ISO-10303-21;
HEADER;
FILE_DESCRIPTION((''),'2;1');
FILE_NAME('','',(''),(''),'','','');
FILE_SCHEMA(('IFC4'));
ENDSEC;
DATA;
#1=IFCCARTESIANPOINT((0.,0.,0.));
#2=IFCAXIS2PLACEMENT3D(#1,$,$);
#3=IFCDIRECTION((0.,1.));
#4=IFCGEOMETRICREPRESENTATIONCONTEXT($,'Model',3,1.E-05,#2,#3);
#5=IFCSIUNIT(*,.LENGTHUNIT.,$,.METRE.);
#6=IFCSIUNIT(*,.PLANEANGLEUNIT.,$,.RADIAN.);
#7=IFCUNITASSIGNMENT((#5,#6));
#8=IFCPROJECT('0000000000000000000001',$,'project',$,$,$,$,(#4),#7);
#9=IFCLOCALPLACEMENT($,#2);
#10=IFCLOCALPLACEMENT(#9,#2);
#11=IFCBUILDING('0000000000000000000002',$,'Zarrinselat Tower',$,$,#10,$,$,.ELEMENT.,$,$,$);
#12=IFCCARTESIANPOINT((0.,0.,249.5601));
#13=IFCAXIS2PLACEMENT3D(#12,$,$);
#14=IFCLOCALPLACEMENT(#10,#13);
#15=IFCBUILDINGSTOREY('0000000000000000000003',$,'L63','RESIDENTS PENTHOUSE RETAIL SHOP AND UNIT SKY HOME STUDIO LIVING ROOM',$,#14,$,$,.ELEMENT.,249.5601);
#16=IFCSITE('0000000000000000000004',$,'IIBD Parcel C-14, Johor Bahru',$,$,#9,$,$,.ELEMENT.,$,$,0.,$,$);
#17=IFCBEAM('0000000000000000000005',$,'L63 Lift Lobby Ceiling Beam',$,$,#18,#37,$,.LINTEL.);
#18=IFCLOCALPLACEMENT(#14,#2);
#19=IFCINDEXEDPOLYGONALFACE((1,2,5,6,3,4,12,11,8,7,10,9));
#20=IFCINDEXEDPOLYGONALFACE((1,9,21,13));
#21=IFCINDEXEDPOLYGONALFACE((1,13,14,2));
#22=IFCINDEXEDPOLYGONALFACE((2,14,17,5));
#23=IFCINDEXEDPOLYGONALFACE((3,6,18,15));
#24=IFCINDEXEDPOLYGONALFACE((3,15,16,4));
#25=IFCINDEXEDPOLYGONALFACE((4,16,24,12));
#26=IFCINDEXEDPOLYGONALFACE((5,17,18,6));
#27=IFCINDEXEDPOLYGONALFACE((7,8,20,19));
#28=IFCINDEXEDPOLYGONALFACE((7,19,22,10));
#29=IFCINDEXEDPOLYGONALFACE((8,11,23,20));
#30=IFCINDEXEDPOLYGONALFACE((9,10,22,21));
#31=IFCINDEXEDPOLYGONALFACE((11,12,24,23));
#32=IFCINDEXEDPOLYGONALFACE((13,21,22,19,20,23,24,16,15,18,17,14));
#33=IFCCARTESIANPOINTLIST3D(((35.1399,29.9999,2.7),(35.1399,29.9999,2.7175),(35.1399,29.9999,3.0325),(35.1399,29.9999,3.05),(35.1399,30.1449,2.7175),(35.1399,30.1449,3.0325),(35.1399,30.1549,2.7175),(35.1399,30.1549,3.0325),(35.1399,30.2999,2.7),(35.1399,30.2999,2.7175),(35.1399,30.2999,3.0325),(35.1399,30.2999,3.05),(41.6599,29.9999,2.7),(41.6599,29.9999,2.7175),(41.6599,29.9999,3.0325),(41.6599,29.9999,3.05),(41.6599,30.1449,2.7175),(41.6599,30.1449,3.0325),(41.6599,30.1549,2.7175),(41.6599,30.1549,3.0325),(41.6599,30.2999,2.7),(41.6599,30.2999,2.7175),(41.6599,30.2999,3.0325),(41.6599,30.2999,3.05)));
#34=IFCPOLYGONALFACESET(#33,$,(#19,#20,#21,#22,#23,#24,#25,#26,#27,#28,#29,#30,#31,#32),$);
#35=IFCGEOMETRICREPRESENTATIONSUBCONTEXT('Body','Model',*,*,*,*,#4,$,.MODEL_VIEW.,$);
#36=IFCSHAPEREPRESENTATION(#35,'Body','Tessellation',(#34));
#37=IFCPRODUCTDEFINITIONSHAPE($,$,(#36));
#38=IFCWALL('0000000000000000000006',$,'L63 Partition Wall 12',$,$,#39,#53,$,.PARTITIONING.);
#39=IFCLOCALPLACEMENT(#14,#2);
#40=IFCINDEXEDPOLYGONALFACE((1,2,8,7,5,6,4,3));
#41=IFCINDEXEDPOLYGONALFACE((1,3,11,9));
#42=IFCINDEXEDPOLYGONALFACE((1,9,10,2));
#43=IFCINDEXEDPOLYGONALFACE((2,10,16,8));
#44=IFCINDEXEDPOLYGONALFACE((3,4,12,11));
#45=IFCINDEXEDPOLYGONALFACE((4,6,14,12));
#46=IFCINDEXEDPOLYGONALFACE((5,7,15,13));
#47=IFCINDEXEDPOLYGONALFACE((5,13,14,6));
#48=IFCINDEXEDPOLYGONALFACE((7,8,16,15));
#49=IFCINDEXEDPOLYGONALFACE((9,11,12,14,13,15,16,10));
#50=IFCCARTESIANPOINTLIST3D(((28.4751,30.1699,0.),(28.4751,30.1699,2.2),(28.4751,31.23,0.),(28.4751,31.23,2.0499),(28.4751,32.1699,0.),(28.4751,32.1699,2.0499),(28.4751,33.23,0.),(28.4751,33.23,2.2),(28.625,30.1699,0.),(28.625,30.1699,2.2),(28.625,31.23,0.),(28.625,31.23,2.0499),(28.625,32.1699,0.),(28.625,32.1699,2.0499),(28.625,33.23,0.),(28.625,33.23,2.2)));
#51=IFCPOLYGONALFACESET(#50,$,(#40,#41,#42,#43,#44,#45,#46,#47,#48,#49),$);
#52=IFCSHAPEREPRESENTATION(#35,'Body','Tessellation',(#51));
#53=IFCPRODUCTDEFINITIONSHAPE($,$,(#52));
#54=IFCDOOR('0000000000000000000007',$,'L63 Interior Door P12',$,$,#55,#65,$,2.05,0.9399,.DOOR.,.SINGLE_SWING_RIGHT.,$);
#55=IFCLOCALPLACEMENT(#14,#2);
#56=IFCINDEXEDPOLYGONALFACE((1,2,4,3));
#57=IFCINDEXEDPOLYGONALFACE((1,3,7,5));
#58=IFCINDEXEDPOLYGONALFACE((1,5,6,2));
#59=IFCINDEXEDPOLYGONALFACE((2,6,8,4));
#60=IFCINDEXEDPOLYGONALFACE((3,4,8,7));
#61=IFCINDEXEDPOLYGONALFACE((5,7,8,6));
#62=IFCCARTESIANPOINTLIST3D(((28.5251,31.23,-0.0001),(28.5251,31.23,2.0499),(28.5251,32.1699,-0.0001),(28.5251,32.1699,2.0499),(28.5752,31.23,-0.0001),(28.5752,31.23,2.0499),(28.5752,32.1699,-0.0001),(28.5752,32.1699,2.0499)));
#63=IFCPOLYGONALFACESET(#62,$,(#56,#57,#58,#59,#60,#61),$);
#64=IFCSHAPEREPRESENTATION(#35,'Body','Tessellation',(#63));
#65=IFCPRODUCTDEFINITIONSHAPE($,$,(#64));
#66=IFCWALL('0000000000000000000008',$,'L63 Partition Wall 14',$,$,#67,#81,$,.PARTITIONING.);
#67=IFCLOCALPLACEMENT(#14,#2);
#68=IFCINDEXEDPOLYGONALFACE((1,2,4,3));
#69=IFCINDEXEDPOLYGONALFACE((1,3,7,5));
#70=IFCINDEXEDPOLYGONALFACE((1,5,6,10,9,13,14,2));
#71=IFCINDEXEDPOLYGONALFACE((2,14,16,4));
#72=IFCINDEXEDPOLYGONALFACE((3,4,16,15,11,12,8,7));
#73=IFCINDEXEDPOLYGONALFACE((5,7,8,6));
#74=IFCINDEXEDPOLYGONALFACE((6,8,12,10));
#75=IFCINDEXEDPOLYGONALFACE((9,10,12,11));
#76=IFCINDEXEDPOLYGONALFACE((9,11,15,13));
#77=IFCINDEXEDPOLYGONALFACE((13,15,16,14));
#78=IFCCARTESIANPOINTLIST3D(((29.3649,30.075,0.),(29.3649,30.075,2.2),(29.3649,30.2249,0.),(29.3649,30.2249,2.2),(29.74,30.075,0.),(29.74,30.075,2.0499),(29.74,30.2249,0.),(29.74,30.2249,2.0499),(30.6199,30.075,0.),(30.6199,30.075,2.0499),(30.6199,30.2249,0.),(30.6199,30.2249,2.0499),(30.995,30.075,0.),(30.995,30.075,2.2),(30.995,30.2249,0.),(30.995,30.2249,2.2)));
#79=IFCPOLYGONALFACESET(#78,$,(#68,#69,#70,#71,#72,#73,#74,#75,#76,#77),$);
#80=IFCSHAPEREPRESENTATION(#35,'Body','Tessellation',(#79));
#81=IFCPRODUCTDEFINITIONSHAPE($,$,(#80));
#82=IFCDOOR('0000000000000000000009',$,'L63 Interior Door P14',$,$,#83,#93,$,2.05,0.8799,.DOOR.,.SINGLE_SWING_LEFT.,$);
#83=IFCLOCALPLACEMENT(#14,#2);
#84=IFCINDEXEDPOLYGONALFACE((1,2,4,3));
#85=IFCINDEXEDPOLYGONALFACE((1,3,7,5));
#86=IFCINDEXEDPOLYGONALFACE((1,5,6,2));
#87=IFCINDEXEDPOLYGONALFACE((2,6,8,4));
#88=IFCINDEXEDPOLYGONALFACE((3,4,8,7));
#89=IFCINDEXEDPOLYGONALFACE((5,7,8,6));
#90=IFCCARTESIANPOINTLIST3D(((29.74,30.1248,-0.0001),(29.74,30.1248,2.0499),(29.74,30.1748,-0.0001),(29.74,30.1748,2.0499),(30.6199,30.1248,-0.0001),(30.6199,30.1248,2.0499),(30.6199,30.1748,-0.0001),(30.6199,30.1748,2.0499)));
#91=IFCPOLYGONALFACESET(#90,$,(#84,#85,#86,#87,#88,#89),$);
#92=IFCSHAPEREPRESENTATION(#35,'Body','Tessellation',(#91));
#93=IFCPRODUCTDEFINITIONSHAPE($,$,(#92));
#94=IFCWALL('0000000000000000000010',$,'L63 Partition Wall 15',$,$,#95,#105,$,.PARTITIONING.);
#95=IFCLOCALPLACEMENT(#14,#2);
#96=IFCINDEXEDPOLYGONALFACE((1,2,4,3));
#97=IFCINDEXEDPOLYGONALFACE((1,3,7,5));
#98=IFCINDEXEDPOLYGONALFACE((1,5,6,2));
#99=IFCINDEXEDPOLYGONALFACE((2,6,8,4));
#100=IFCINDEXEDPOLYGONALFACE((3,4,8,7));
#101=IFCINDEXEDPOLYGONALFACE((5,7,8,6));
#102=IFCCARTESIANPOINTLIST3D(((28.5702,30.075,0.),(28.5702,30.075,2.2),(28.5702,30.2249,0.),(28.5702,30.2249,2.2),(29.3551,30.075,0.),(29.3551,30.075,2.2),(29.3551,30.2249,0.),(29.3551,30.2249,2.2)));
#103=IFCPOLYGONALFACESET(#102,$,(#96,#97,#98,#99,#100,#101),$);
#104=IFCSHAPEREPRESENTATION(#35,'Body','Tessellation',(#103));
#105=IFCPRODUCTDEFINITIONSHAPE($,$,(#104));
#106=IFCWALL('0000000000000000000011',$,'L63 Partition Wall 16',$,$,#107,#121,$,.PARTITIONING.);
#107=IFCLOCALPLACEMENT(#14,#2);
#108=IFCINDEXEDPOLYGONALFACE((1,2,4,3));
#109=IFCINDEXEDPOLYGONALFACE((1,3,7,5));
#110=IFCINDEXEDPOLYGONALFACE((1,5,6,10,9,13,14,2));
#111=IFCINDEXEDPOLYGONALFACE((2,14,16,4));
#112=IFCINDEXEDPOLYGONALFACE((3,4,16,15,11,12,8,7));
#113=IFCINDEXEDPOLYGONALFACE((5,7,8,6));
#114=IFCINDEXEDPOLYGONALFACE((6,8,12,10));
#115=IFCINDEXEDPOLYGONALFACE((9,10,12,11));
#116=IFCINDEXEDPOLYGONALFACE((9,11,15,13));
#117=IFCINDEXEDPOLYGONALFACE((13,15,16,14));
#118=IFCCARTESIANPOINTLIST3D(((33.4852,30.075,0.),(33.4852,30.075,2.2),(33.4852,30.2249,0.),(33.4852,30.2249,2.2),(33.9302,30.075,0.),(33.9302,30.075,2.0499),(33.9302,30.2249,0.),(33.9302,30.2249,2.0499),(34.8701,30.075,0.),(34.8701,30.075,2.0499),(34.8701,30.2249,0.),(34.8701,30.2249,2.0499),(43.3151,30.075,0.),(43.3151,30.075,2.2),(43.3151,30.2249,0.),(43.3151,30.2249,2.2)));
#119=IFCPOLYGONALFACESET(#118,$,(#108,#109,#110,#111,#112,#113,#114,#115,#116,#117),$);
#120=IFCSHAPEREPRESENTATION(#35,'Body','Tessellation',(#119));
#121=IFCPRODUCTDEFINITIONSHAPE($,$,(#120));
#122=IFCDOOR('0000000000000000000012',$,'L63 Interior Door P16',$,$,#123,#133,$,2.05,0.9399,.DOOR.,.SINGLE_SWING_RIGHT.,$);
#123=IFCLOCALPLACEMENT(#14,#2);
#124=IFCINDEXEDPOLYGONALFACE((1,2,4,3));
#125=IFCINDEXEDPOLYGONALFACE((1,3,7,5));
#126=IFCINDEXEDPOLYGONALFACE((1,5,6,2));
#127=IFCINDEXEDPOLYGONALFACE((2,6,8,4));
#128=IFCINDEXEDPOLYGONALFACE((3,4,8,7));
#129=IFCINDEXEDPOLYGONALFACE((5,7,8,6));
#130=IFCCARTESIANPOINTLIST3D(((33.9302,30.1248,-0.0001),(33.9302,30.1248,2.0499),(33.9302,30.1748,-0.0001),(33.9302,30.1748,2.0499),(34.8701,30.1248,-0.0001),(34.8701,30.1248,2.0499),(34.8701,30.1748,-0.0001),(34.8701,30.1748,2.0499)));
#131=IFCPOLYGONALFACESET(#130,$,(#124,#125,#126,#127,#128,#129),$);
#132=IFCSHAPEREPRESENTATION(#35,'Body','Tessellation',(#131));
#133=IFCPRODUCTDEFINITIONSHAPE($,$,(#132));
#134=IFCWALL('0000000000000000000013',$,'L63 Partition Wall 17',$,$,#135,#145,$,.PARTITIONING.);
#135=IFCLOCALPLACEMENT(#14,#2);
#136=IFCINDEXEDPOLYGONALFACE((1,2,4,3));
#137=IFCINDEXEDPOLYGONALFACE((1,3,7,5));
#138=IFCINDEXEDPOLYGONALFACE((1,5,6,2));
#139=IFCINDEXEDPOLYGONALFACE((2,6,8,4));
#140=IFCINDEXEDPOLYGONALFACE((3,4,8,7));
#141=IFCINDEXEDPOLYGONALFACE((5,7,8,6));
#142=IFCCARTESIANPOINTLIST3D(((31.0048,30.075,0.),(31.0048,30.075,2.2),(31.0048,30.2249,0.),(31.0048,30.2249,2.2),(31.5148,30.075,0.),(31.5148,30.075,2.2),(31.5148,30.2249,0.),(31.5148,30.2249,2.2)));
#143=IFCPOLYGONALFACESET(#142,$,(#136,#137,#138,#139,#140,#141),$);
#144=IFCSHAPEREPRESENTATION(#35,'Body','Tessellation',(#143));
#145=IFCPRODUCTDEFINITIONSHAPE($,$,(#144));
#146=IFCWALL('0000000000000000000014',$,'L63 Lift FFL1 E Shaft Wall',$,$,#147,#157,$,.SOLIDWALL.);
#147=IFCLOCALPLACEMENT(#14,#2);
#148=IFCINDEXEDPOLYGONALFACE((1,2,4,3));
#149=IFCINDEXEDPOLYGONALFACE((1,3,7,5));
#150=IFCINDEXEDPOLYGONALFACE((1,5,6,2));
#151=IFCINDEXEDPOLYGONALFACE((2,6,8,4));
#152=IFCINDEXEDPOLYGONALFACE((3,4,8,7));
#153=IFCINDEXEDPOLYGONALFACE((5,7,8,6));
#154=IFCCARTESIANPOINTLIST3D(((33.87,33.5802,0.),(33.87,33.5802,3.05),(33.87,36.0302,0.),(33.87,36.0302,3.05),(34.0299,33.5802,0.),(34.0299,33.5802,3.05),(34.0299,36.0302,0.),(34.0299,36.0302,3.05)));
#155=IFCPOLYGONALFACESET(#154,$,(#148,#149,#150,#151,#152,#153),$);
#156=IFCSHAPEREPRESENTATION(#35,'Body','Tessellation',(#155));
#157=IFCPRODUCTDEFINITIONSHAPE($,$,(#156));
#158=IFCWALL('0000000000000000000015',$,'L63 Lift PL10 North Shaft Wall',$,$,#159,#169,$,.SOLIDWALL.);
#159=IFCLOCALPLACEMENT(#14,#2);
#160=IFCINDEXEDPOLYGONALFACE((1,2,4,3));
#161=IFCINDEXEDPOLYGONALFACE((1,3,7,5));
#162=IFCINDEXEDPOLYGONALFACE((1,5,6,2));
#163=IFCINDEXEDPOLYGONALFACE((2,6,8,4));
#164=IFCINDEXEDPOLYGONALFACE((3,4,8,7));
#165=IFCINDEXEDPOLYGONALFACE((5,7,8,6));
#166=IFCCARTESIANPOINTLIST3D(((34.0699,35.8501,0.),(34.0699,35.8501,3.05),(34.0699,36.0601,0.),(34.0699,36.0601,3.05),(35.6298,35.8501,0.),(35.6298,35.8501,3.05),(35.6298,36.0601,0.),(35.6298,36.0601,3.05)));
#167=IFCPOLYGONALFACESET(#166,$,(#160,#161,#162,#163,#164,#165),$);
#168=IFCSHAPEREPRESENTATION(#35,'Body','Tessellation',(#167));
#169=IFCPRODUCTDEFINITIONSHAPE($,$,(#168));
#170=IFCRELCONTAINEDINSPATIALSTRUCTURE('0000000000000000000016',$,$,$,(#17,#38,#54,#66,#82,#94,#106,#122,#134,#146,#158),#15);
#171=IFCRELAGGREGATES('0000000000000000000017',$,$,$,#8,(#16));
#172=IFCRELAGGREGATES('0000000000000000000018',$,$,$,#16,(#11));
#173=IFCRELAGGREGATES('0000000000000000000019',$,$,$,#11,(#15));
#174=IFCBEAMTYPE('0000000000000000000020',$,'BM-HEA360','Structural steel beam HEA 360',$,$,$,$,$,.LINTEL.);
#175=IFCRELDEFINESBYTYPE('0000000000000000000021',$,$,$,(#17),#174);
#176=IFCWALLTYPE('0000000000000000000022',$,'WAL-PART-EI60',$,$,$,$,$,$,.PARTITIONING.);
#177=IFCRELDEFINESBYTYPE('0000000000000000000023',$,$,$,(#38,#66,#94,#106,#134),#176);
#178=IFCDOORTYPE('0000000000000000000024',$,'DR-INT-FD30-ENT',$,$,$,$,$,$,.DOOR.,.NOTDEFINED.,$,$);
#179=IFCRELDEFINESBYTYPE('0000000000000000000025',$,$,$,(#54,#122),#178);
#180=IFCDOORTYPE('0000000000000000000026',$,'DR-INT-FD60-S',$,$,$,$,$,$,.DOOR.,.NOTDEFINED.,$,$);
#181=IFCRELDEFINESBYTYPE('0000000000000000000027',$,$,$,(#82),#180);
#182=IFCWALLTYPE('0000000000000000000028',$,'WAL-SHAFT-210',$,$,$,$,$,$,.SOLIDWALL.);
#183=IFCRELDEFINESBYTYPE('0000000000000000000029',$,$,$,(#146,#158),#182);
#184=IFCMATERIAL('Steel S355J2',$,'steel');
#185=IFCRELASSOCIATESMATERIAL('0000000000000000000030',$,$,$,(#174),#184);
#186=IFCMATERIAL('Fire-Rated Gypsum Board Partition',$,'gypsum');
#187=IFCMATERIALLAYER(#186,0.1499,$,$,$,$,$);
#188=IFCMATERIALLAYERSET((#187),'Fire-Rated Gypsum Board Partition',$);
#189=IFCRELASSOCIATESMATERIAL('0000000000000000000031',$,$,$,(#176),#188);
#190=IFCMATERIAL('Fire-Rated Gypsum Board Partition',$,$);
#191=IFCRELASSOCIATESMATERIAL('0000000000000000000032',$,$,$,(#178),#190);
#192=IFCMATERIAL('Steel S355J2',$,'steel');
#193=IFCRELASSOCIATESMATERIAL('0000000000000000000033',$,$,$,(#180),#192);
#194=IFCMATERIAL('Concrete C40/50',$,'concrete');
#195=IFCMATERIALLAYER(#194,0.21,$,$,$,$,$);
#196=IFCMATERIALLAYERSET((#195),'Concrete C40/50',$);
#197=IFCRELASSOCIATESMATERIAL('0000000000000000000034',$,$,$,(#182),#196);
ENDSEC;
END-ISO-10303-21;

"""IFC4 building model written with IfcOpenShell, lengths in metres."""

from ifc_helpers import new_model, si_unit, direction, frame, frame_2d, origin, origin_2d, place, context, subcontext, project, spatial, rectangle, i_section, extrude, material, layer, layer_set, material_profile, profile_set, type_object, element, fill, save


model = new_model("IFC4")

# Units and contexts
model_context = context("Model", 3, precision=1e-05, world=origin(), true_north=direction((0.0, 1.0)))
body_context = subcontext(model_context, "Body", "Model", "MODEL_VIEW")
ifc_project = project(units=[si_unit("LENGTHUNIT", "METRE"), si_unit("PLANEANGLEUNIT", "RADIAN")], contexts=[model_context])

# Site, building, storey
site_placement = place(None, origin())
site = spatial("IfcSite", under=ifc_project, at=site_placement, Name="IIBD Parcel C-14, Johor Bahru", CompositionType="ELEMENT", RefElevation=0.0)
building_placement = place(site_placement, origin())
building = spatial("IfcBuilding", under=site, at=building_placement, Name="Zarrinselat Tower", CompositionType="ELEMENT")
storey_placement = place(building_placement, frame((0.0, 0.0, 249.5601)))
storey = spatial("IfcBuildingStorey", under=building, at=storey_placement, Name="L63", Description="RESIDENTS PENTHOUSE RETAIL SHOP AND UNIT SKY HOME STUDIO LIVING ROOM", CompositionType="ELEMENT", Elevation=249.5601)

# Beam
ifc_material_1 = material(Name="Steel S355J2", Category="steel")
ifc_material_profile = material_profile(ifc_material_1, i_section(OverallWidth=0.3, OverallDepth=0.3501, WebThickness=0.01, FlangeThickness=0.0176, at=origin_2d()), Name="HEA 360")
ifc_profile_set = profile_set([ifc_material_profile], Name="Steel S355J2")
beam_type = type_object("IfcBeamType", Name="BM-HEA360", Description="Structural steel beam HEA 360", PredefinedType="LINTEL", material=ifc_profile_set)
beam_placement = place(storey_placement, frame((35.1399, 30.1499, 2.875), z_axis=(1.0, 0.0, 0.0), x_axis=(0.0, 1.0, 0.0)))
element("IfcBeam", 1, at=beam_placement, inside=storey, type_object=beam_type, Name="L63 Lift Lobby Ceiling Beam", PredefinedType="LINTEL", context=body_context, shape_type="SweptSolid", body=[
    extrude(i_section(OverallWidth=0.3, OverallDepth=0.3501, WebThickness=0.01, FlangeThickness=0.0176, at=origin_2d()), origin(), (0.0, 0.0, 1.0), 6.52),
])

# Walls, openings, doors
ifc_material_2 = material(Name="Fire-Rated Gypsum Board Partition", Category="gypsum")
ifc_layer_1 = layer(ifc_material_2, 0.1499)
ifc_layer_set_1 = layer_set([ifc_layer_1], Name="Fire-Rated Gypsum Board Partition")
wall_type_1 = type_object("IfcWallType", Name="WAL-PART-EI60", PredefinedType="PARTITIONING", material=ifc_layer_set_1)
wall_1_placement = place(storey_placement, frame((28.55, 30.1699, 0.0), z_axis=(0.0, 0.0, 1.0), x_axis=(0.0, 1.0, 0.0)))
wall_1 = element("IfcWall", 2, at=wall_1_placement, inside=storey, type_object=wall_type_1, Name="L63 Partition Wall 12", PredefinedType="PARTITIONING", context=body_context, shape_type="SweptSolid", body=[
    extrude(rectangle(XDim=3.0601, YDim=0.1499, at=frame_2d((1.53, 0.0))), origin(), (0.0, 0.0, 1.0), 2.2),
])
opening_1_placement = place(wall_1_placement, frame((1.0601, 0.0, 0.0)))
opening_1 = element("IfcOpeningElement", 3, at=opening_1_placement, cuts=wall_1, PredefinedType="OPENING", context=body_context, shape_type="SweptSolid", body=[
    extrude(rectangle(XDim=0.9399, YDim=2.05, at=frame_2d((0.47, 1.0249))), frame((0.0, 0.085, 0.0), z_axis=(0.0, -1.0, 0.0), x_axis=(1.0, 0.0, 0.0)), (0.0, 0.0, 1.0), 0.1699),
])
ifc_material_3 = material(Name="Fire-Rated Gypsum Board Partition")
door_type_1 = type_object("IfcDoorType", Name="DR-INT-FD30-ENT", OperationType="NOTDEFINED", PredefinedType="DOOR", material=ifc_material_3)
door_1_placement = place(opening_1_placement, origin())
door_1 = element("IfcDoor", 4, at=door_1_placement, inside=storey, type_object=door_type_1, Name="L63 Interior Door P12", OperationType="SINGLE_SWING_RIGHT", OverallHeight=2.05, OverallWidth=0.9399, PredefinedType="DOOR", context=body_context, shape_type="SweptSolid", body=[
    extrude(rectangle(XDim=0.9399, YDim=2.05, at=frame_2d((0.47, 1.0249))), frame((0.0, 0.0249, 0.0), z_axis=(0.0, -1.0, 0.0), x_axis=(1.0, 0.0, 0.0)), (0.0, 0.0, 1.0), 0.05),
])
fill(opening_1, door_1)
wall_2_placement = place(storey_placement, frame((29.365, 30.1499, 0.0), z_axis=(0.0, 0.0, 1.0), x_axis=(1.0, 0.0, 0.0)))
wall_2 = element("IfcWall", 5, at=wall_2_placement, inside=storey, type_object=wall_type_1, Name="L63 Partition Wall 14", PredefinedType="PARTITIONING", context=body_context, shape_type="SweptSolid", body=[
    extrude(rectangle(XDim=1.6301, YDim=0.1499, at=frame_2d((0.8149, 0.0))), origin(), (0.0, 0.0, 1.0), 2.2),
])
opening_2_placement = place(wall_2_placement, frame((0.375, 0.0, 0.0)))
opening_2 = element("IfcOpeningElement", 6, at=opening_2_placement, cuts=wall_2, PredefinedType="OPENING", context=body_context, shape_type="SweptSolid", body=[
    extrude(rectangle(XDim=0.8799, YDim=2.05, at=frame_2d((0.4399, 1.0249))), frame((0.0, 0.085, 0.0), z_axis=(0.0, -1.0, 0.0), x_axis=(1.0, 0.0, 0.0)), (0.0, 0.0, 1.0), 0.1699),
])
ifc_material_4 = material(Name="Steel S355J2", Category="steel")
door_type_2 = type_object("IfcDoorType", Name="DR-INT-FD60-S", OperationType="NOTDEFINED", PredefinedType="DOOR", material=ifc_material_4)
door_2_placement = place(opening_2_placement, origin())
door_2 = element("IfcDoor", 7, at=door_2_placement, inside=storey, type_object=door_type_2, Name="L63 Interior Door P14", OperationType="SINGLE_SWING_LEFT", OverallHeight=2.05, OverallWidth=0.8799, PredefinedType="DOOR", context=body_context, shape_type="SweptSolid", body=[
    extrude(rectangle(XDim=0.8799, YDim=2.05, at=frame_2d((0.4399, 1.0249))), frame((0.0, 0.0249, 0.0), z_axis=(0.0, -1.0, 0.0), x_axis=(1.0, 0.0, 0.0)), (0.0, 0.0, 1.0), 0.05),
])
fill(opening_2, door_2)

# Wall
wall_3_placement = place(storey_placement, frame((28.5701, 30.1499, 0.0), z_axis=(0.0, 0.0, 1.0), x_axis=(1.0, 0.0, 0.0)))
element("IfcWall", 8, at=wall_3_placement, inside=storey, type_object=wall_type_1, Name="L63 Partition Wall 15", PredefinedType="PARTITIONING", context=body_context, shape_type="SweptSolid", body=[
    extrude(rectangle(XDim=0.7849, YDim=0.1499, at=frame_2d((0.3926, 0.0))), origin(), (0.0, 0.0, 1.0), 2.2),
])

# Wall, opening, door
wall_4_placement = place(storey_placement, frame((33.4851, 30.1499, 0.0), z_axis=(0.0, 0.0, 1.0), x_axis=(1.0, 0.0, 0.0)))
wall_4 = element("IfcWall", 9, at=wall_4_placement, inside=storey, type_object=wall_type_1, Name="L63 Partition Wall 16", PredefinedType="PARTITIONING", context=body_context, shape_type="SweptSolid", body=[
    extrude(rectangle(XDim=9.8298, YDim=0.1499, at=frame_2d((4.915, 0.0))), origin(), (0.0, 0.0, 1.0), 2.2),
])
opening_3_placement = place(wall_4_placement, frame((0.4451, 0.0, 0.0)))
opening_3 = element("IfcOpeningElement", 10, at=opening_3_placement, cuts=wall_4, PredefinedType="OPENING", context=body_context, shape_type="SweptSolid", body=[
    extrude(rectangle(XDim=0.9399, YDim=2.05, at=frame_2d((0.47, 1.0249))), frame((0.0, 0.085, 0.0), z_axis=(0.0, -1.0, 0.0), x_axis=(1.0, 0.0, 0.0)), (0.0, 0.0, 1.0), 0.1699),
])
door_3_placement = place(opening_3_placement, origin())
door_3 = element("IfcDoor", 11, at=door_3_placement, inside=storey, type_object=door_type_1, Name="L63 Interior Door P16", OperationType="SINGLE_SWING_RIGHT", OverallHeight=2.05, OverallWidth=0.9399, PredefinedType="DOOR", context=body_context, shape_type="SweptSolid", body=[
    extrude(rectangle(XDim=0.9399, YDim=2.05, at=frame_2d((0.47, 1.0249))), frame((0.0, 0.0249, 0.0), z_axis=(0.0, -1.0, 0.0), x_axis=(1.0, 0.0, 0.0)), (0.0, 0.0, 1.0), 0.05),
])
fill(opening_3, door_3)

# Walls
wall_5_placement = place(storey_placement, frame((31.0049, 30.1499, 0.0), z_axis=(0.0, 0.0, 1.0), x_axis=(1.0, 0.0, 0.0)))
element("IfcWall", 12, at=wall_5_placement, inside=storey, type_object=wall_type_1, Name="L63 Partition Wall 17", PredefinedType="PARTITIONING", context=body_context, shape_type="SweptSolid", body=[
    extrude(rectangle(XDim=0.51, YDim=0.1499, at=frame_2d((0.2549, 0.0))), origin(), (0.0, 0.0, 1.0), 2.2),
])
ifc_material_5 = material(Name="Concrete C40/50", Category="concrete")
ifc_layer_2 = layer(ifc_material_5, 0.21)
ifc_layer_set_2 = layer_set([ifc_layer_2], Name="Concrete C40/50")
wall_type_2 = type_object("IfcWallType", Name="WAL-SHAFT-210", PredefinedType="SOLIDWALL", material=ifc_layer_set_2)
wall_6_placement = place(storey_placement, frame((33.95, 33.5801, 0.0), z_axis=(0.0, 0.0, 1.0), x_axis=(0.0, 1.0, 0.0)))
element("IfcWall", 13, at=wall_6_placement, inside=storey, type_object=wall_type_2, Name="L63 Lift FFL1 E Shaft Wall", PredefinedType="SOLIDWALL", context=body_context, shape_type="SweptSolid", body=[
    extrude(rectangle(XDim=2.45, YDim=0.1599, at=frame_2d((1.2251, 0.0))), origin(), (0.0, 0.0, 1.0), 3.05),
])
wall_7_placement = place(storey_placement, frame((34.0701, 35.9551, 0.0), z_axis=(0.0, 0.0, 1.0), x_axis=(1.0, 0.0, 0.0)))
element("IfcWall", 14, at=wall_7_placement, inside=storey, type_object=wall_type_2, Name="L63 Lift PL10 North Shaft Wall", PredefinedType="SOLIDWALL", context=body_context, shape_type="SweptSolid", body=[
    extrude(rectangle(XDim=1.5598, YDim=0.21, at=frame_2d((0.7798, 0.0))), origin(), (0.0, 0.0, 1.0), 3.05),
])

save(model, "model.ifc")
